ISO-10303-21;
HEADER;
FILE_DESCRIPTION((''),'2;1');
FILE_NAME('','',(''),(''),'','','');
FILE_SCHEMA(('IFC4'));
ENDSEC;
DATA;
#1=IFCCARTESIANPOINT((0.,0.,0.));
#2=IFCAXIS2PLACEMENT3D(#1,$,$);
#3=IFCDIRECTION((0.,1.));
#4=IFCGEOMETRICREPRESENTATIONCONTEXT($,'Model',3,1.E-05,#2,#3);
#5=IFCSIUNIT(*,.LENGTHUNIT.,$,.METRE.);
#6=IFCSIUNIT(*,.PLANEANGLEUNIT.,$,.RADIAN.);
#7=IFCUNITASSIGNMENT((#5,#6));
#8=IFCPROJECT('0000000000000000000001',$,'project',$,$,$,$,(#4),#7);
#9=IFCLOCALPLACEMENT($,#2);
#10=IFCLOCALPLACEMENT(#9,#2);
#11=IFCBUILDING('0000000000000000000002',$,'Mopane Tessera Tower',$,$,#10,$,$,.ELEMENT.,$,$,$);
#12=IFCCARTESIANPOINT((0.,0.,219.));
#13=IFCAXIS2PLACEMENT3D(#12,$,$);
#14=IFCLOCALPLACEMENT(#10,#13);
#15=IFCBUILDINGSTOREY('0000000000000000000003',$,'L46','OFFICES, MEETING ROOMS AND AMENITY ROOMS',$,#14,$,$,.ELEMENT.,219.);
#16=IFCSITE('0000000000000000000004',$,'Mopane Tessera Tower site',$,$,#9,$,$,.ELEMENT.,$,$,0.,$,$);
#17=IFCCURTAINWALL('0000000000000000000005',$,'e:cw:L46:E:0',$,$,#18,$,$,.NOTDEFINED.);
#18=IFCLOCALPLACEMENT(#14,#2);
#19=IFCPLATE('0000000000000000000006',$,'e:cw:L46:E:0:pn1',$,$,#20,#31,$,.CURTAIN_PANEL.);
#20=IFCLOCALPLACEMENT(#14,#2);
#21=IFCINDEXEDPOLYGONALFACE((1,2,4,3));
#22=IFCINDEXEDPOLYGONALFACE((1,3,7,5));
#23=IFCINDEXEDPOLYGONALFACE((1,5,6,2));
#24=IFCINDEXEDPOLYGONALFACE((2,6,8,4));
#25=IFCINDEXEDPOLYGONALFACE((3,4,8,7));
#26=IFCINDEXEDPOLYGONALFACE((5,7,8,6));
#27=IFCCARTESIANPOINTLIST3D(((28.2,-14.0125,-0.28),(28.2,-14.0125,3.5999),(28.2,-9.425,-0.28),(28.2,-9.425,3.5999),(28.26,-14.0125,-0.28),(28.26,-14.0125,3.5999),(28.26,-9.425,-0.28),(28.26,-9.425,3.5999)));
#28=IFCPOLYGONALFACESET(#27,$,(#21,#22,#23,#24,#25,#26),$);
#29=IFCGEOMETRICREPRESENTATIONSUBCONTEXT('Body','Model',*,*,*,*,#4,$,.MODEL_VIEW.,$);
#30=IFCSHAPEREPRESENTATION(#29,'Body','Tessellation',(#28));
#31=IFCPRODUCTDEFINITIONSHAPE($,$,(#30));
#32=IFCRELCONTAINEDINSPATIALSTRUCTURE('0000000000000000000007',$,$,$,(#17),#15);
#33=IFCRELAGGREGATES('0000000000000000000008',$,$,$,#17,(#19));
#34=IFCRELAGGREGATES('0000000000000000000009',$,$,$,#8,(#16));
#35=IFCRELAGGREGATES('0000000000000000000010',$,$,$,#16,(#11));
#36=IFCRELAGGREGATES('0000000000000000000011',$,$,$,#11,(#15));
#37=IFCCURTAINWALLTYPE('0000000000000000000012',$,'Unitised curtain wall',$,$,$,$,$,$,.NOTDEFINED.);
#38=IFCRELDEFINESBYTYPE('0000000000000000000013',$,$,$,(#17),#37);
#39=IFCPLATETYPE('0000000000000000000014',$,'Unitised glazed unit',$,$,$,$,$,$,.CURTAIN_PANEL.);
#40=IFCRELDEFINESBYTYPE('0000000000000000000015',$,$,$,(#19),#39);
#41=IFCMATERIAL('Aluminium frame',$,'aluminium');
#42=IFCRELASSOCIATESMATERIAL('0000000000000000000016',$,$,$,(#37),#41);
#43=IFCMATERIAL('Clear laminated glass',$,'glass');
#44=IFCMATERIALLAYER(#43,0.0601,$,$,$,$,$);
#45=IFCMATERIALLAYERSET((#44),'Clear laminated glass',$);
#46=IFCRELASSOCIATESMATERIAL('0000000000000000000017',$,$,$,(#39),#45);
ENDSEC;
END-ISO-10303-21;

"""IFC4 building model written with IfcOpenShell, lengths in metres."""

from ifc_helpers import new_model, si_unit, direction, frame, origin, origin_2d, place, context, subcontext, project, spatial, rectangle, extrude, material, layer, layer_set, type_object, element, aggregate, save


model = new_model("IFC4")

# Units and contexts
model_context = context("Model", 3, precision=1e-05, world=origin(), true_north=direction((0.0, 1.0)))
body_context = subcontext(model_context, "Body", "Model", "MODEL_VIEW")
ifc_project = project(units=[si_unit("LENGTHUNIT", "METRE"), si_unit("PLANEANGLEUNIT", "RADIAN")], contexts=[model_context])

# Site, building, storey
site_placement = place(None, origin())
site = spatial("IfcSite", under=ifc_project, at=site_placement, Name="Mopane Tessera Tower site", CompositionType="ELEMENT", RefElevation=0.0)
building_placement = place(site_placement, origin())
building = spatial("IfcBuilding", under=site, at=building_placement, Name="Mopane Tessera Tower", CompositionType="ELEMENT")
storey_placement = place(building_placement, frame((0.0, 0.0, 219.0)))
storey = spatial("IfcBuildingStorey", under=building, at=storey_placement, Name="L46", Description="OFFICES, MEETING ROOMS AND AMENITY ROOMS", CompositionType="ELEMENT", Elevation=219.0)

# Curtain wall
ifc_material_1 = material(Name="Aluminium frame", Category="aluminium")
curtain_wall_type = type_object("IfcCurtainWallType", Name="Unitised curtain wall", PredefinedType="NOTDEFINED", material=ifc_material_1)
curtain_wall_1_placement = place(storey_placement, origin())
curtain_wall_1 = element("IfcCurtainWall", 1, at=curtain_wall_1_placement, inside=storey, type_object=curtain_wall_type, Name="e:cw:L46:E:0", PredefinedType="NOTDEFINED")

# Plate
ifc_material_2 = material(Name="Clear laminated glass", Category="glass")
ifc_layer = layer(ifc_material_2, 0.0601)
ifc_layer_set = layer_set([ifc_layer], Name="Clear laminated glass")
plate_type = type_object("IfcPlateType", Name="Unitised glazed unit", PredefinedType="CURTAIN_PANEL", material=ifc_layer_set)
plate_1_placement = place(storey_placement, frame((28.23, -11.7188, -0.28), z_axis=(0.0, 0.0, 1.0), x_axis=(0.0, 1.0, 0.0)))
plate_1 = element("IfcPlate", 2, at=plate_1_placement, type_object=plate_type, Name="e:cw:L46:E:0:pn1", PredefinedType="CURTAIN_PANEL", context=body_context, shape_type="SweptSolid", body=[
    extrude(rectangle(XDim=4.5874, YDim=0.0601, at=origin_2d()), origin(), (0.0, 0.0, 1.0), 3.8799),
])
aggregate(curtain_wall_1, [plate_1])

save(model, "model.ifc")
